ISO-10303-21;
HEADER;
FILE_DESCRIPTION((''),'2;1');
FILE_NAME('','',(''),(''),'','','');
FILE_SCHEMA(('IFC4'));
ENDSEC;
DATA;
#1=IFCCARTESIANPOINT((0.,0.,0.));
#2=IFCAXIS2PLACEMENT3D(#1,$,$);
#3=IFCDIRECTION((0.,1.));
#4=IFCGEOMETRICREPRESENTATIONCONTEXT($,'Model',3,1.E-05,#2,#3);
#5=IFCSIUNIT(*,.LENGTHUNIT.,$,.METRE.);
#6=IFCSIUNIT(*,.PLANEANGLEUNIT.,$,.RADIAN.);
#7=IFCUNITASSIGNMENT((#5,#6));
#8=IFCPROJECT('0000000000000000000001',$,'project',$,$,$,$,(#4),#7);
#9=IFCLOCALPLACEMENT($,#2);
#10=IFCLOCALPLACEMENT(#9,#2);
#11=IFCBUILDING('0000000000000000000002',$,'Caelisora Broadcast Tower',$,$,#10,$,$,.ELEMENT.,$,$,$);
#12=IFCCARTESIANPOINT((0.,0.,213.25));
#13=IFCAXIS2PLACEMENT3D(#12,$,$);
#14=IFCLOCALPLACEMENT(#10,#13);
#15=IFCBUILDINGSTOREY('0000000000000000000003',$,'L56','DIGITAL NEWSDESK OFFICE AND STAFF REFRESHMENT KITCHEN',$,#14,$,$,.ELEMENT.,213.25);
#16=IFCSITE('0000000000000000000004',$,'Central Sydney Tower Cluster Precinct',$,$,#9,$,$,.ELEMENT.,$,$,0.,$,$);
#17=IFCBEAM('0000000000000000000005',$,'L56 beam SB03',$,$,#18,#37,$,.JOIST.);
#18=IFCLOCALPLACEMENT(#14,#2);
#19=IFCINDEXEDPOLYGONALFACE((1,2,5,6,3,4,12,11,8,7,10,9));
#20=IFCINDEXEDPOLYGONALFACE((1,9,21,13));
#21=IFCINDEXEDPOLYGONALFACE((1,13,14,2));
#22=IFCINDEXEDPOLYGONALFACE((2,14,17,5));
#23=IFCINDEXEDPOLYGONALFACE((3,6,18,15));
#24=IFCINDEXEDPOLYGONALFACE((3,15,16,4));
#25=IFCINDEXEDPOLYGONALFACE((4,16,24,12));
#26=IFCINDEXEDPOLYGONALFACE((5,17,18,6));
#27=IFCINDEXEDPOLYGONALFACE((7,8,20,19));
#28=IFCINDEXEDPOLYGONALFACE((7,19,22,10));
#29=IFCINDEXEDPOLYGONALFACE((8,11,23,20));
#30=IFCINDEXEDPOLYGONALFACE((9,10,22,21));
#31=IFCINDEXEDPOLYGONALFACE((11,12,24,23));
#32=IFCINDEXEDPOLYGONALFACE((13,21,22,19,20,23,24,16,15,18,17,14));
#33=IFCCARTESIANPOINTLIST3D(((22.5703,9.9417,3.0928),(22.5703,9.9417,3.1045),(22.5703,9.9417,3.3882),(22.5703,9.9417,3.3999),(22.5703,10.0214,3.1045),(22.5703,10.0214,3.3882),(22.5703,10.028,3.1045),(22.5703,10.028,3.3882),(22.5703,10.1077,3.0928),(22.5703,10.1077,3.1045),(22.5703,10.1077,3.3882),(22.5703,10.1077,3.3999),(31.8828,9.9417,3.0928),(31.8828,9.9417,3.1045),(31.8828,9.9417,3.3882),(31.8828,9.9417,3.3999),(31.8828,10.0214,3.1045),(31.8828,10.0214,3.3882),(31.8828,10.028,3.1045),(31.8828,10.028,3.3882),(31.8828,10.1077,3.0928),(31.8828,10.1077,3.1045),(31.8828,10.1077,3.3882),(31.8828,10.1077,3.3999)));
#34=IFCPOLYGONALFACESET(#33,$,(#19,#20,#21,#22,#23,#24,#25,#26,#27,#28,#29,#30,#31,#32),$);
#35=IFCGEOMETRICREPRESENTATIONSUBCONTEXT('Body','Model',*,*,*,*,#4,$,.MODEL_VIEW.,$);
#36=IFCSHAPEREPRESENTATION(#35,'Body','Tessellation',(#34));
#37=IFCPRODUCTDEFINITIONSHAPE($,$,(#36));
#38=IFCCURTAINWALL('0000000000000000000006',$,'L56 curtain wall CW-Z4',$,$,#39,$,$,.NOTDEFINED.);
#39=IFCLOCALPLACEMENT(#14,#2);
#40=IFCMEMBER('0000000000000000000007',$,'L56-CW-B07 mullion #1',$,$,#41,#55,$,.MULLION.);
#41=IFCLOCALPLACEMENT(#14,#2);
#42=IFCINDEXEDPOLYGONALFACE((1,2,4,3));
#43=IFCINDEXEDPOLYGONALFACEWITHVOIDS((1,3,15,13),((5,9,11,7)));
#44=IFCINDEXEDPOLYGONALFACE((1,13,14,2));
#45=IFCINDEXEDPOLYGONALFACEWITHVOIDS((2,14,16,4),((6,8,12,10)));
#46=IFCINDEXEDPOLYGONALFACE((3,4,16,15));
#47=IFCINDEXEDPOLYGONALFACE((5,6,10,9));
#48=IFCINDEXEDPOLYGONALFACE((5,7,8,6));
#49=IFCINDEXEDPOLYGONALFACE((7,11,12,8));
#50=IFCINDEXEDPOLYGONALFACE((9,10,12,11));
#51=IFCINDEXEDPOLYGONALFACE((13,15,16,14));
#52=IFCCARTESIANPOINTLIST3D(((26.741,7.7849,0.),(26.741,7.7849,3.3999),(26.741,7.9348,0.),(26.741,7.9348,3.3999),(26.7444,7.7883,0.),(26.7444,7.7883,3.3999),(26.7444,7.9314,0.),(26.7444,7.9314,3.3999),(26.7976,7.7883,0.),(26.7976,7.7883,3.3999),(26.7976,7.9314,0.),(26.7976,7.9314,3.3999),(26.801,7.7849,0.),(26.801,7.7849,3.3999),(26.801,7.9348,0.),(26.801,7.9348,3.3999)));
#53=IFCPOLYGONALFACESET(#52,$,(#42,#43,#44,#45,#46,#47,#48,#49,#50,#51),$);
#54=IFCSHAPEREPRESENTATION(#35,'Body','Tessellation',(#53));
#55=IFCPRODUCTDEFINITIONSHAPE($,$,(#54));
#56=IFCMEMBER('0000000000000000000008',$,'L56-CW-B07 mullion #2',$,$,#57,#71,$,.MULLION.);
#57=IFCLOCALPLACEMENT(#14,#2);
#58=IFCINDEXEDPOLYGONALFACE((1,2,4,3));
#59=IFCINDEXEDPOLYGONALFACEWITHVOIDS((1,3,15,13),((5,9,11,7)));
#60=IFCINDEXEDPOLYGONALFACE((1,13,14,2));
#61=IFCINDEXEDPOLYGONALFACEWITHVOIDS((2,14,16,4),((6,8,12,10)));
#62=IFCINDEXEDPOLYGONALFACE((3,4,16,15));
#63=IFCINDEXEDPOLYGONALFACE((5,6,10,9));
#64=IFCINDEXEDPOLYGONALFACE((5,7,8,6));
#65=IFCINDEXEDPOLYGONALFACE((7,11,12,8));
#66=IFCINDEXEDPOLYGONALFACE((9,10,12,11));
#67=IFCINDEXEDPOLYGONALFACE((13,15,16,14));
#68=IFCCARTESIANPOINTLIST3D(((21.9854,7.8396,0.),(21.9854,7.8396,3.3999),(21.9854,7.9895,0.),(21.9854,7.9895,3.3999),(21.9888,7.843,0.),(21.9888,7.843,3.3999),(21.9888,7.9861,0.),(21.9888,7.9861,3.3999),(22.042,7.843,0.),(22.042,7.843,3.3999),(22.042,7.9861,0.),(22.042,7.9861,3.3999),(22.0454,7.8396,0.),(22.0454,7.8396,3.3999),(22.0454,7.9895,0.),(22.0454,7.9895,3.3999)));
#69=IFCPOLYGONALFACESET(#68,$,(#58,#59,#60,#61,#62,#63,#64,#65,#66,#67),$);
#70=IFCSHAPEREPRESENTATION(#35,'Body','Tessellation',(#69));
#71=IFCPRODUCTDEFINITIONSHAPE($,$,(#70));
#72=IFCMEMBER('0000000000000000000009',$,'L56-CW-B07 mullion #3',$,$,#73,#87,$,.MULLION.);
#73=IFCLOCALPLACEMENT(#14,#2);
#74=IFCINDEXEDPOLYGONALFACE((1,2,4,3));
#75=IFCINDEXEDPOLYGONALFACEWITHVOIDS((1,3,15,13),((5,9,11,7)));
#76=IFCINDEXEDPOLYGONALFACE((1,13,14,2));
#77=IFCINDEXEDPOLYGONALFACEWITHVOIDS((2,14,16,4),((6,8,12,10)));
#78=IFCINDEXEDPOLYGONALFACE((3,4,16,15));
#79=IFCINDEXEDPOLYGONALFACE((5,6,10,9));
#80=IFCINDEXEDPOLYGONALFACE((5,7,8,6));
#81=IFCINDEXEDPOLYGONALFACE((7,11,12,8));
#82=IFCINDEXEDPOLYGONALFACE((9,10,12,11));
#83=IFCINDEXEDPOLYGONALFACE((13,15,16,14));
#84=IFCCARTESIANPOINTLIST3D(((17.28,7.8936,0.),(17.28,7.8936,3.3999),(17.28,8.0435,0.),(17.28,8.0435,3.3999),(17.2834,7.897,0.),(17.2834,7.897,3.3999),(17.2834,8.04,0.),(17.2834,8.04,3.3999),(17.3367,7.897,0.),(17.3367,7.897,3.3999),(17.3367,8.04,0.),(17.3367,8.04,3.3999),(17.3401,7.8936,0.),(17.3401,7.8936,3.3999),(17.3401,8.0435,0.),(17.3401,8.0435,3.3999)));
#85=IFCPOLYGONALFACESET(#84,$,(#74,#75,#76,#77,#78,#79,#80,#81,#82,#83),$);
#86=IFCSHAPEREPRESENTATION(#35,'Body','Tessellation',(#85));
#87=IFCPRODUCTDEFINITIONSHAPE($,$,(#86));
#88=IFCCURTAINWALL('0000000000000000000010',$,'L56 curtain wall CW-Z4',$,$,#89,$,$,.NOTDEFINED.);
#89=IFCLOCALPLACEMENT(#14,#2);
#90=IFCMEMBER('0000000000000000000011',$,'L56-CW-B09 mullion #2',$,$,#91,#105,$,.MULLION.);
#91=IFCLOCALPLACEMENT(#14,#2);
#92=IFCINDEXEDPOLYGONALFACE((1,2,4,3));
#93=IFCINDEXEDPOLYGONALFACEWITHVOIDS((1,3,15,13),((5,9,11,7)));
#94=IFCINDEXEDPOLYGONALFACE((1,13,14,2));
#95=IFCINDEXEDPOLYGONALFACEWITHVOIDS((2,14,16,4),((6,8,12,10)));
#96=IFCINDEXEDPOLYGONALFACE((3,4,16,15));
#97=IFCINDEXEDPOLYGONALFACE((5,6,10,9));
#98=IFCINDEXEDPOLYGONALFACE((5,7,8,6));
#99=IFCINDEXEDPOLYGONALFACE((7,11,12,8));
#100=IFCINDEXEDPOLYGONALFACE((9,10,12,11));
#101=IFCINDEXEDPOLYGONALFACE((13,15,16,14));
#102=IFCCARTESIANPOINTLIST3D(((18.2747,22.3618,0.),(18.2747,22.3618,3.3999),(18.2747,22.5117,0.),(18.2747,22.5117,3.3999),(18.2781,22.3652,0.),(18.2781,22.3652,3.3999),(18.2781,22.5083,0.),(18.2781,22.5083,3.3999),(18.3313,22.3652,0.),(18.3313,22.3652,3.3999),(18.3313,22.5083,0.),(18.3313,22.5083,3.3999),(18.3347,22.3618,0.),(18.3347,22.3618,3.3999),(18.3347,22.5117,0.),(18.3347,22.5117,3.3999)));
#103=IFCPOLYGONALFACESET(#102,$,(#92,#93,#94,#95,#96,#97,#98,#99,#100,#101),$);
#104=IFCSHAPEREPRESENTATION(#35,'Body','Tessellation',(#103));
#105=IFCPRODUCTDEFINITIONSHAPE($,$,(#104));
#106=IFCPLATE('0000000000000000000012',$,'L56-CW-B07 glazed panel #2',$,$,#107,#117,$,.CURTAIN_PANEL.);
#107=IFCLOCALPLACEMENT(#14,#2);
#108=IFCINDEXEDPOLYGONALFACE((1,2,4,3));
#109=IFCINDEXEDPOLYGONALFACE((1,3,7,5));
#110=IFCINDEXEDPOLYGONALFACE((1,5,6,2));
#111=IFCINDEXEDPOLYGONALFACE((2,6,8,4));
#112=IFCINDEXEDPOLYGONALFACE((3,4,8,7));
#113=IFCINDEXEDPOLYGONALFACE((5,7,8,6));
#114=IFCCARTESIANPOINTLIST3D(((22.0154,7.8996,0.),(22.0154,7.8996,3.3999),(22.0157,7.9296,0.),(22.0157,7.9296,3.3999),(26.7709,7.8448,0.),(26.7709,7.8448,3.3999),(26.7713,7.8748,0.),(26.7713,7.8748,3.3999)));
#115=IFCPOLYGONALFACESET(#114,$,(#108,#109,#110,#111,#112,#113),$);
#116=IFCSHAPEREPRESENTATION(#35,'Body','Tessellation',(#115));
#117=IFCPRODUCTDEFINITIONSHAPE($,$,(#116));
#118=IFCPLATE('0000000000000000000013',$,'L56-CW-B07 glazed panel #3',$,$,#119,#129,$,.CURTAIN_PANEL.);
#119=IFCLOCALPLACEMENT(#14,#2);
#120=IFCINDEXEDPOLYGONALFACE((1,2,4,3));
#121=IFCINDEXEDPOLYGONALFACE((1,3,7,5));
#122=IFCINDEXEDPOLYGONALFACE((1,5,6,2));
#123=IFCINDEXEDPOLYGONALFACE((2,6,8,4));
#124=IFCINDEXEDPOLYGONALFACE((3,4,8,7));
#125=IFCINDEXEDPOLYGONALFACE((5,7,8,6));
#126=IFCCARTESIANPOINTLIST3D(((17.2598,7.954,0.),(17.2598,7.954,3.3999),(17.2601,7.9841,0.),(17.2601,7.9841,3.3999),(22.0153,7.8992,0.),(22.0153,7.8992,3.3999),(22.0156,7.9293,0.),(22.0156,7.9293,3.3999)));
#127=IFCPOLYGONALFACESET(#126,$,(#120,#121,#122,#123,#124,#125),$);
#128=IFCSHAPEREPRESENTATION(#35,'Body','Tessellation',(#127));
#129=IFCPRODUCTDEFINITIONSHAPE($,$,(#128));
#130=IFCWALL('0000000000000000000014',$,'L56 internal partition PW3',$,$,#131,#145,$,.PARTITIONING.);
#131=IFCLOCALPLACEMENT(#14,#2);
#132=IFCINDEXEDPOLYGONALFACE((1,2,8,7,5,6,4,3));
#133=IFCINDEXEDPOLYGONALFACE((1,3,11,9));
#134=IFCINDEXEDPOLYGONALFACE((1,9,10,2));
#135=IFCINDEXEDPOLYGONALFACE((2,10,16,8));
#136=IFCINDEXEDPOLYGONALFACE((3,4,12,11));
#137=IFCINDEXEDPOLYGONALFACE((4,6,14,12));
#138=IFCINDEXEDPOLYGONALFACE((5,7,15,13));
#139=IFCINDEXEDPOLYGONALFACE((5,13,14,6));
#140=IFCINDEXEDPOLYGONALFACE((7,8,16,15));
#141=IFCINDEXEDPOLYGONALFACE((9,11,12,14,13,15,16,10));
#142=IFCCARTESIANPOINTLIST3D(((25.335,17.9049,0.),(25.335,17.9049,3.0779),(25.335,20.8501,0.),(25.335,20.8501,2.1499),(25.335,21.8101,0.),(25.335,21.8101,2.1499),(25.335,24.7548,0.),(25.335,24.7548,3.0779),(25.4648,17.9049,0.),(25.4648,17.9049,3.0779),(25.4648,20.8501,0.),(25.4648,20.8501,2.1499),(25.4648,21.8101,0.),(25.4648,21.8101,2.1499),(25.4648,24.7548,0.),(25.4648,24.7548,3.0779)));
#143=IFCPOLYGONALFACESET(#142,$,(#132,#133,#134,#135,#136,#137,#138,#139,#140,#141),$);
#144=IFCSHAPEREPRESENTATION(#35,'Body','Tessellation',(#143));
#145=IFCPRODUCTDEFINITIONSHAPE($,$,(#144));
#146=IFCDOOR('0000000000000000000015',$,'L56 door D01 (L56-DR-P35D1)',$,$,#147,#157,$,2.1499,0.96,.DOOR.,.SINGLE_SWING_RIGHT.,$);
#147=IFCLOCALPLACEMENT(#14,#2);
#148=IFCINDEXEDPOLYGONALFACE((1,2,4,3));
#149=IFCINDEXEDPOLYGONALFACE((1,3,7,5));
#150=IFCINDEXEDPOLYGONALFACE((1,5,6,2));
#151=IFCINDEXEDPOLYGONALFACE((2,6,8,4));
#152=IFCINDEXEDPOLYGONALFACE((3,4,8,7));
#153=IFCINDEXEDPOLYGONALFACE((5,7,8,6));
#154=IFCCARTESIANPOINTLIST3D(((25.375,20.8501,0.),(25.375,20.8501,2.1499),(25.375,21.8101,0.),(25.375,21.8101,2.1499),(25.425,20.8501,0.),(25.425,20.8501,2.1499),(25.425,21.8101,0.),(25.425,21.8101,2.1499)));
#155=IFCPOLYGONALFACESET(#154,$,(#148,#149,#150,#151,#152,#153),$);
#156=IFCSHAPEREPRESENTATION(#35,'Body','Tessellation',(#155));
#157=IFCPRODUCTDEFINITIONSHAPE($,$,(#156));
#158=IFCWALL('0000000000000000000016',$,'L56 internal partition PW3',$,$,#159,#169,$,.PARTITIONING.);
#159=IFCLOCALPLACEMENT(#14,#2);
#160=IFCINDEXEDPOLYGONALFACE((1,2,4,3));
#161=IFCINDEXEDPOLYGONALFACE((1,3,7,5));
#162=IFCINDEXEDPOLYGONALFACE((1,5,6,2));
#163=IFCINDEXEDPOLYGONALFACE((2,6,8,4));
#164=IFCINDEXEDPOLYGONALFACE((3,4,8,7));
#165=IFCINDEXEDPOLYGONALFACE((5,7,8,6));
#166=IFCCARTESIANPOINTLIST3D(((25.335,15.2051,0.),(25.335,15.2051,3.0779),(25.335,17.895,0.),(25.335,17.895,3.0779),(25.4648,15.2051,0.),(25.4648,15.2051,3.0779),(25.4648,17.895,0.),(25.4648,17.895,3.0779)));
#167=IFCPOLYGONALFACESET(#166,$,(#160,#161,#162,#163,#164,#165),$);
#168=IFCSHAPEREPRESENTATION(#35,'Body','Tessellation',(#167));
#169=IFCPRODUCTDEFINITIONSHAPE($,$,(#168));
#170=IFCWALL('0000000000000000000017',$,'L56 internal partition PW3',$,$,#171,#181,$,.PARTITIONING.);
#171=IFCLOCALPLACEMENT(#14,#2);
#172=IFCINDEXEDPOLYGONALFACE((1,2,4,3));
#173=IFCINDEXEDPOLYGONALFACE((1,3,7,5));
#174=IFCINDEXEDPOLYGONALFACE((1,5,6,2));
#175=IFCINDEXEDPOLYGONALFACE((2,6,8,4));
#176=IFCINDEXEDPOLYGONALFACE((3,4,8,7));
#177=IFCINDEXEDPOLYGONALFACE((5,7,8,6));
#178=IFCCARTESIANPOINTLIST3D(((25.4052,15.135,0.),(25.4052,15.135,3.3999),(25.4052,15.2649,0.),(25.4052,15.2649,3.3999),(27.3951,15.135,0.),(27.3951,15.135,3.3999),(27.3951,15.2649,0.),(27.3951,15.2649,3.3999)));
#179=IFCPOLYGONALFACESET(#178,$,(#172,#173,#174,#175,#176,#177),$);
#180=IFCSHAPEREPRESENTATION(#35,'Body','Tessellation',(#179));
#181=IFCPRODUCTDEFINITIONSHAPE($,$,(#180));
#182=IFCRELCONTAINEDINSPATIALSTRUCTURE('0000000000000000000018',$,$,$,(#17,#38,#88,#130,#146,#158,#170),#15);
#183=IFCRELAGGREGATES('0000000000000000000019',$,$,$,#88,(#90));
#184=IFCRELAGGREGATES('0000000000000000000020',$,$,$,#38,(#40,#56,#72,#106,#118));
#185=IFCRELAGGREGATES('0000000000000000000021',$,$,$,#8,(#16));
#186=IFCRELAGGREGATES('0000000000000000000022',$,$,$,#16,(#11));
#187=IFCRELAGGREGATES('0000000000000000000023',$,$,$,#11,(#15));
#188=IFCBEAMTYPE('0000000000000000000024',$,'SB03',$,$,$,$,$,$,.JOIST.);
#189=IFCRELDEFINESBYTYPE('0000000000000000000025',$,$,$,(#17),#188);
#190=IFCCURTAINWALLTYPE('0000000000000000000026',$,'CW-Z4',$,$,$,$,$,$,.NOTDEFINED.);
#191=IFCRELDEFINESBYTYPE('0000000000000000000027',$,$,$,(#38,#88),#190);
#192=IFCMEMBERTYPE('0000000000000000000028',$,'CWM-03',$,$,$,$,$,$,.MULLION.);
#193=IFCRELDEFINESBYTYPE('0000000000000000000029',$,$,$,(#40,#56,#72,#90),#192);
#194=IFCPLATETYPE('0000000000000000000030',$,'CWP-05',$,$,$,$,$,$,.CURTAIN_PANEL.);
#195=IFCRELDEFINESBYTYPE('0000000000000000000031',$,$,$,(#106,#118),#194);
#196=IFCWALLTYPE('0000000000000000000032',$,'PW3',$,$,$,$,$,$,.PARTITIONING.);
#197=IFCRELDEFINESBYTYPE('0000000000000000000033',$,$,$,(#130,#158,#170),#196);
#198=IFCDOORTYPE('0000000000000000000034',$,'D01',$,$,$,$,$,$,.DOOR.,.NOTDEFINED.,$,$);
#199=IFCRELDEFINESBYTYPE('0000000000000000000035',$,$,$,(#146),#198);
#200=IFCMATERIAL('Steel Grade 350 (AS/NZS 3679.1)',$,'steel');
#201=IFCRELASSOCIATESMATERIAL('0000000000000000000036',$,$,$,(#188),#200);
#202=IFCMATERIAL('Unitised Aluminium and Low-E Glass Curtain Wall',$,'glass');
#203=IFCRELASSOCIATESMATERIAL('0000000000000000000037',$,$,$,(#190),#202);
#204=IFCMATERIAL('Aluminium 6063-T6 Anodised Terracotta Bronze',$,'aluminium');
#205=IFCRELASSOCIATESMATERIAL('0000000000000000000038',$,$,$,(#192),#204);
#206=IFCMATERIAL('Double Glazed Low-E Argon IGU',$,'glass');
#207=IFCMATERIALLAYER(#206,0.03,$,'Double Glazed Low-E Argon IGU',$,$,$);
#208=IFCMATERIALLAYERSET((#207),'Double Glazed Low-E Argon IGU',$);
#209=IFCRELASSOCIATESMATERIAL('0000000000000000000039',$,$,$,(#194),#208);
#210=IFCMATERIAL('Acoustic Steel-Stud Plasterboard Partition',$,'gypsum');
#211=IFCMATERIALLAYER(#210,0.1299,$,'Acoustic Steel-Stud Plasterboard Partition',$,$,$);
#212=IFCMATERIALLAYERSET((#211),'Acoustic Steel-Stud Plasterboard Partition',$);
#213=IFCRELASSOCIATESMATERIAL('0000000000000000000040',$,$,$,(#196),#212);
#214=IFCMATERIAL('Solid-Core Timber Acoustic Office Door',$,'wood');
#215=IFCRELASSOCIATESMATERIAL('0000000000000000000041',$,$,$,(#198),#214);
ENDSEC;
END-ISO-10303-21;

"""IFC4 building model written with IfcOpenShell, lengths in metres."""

from ifc_helpers import new_model, si_unit, direction, frame, frame_2d, origin, origin_2d, place, context, subcontext, project, spatial, rectangle, hollow_rectangle, i_section, extrude, source, transform, mapped, material, layer, layer_set, material_profile, profile_set, type_object, type_shapes, element, fill, aggregate, save


model = new_model("IFC4")

# Units and contexts
model_context = context("Model", 3, precision=1e-05, world=origin(), true_north=direction((0.0, 1.0)))
body_context = subcontext(model_context, "Body", "Model", "MODEL_VIEW")
ifc_project = project(units=[si_unit("LENGTHUNIT", "METRE"), si_unit("PLANEANGLEUNIT", "RADIAN")], contexts=[model_context])

# Site, building, storey
site_placement = place(None, origin())
site = spatial("IfcSite", under=ifc_project, at=site_placement, Name="Central Sydney Tower Cluster Precinct", CompositionType="ELEMENT", RefElevation=0.0)
building_placement = place(site_placement, origin())
building = spatial("IfcBuilding", under=site, at=building_placement, Name="Caelisora Broadcast Tower", CompositionType="ELEMENT")
storey_placement = place(building_placement, frame((0.0, 0.0, 213.25)))
storey = spatial("IfcBuildingStorey", under=building, at=storey_placement, Name="L56", Description="DIGITAL NEWSDESK OFFICE AND STAFF REFRESHMENT KITCHEN", CompositionType="ELEMENT", Elevation=213.25)

# Beam
ifc_material_1 = material(Name="Steel Grade 350 (AS/NZS 3679.1)", Category="steel")
ifc_material_profile_1 = material_profile(ifc_material_1, i_section(OverallWidth=0.166, OverallDepth=0.3071, WebThickness=0.0066, FlangeThickness=0.0117, at=origin_2d()), Name="Steel Grade 350 (AS/NZS 3679.1)")
ifc_profile_set_1 = profile_set([ifc_material_profile_1], Name="Steel Grade 350 (AS/NZS 3679.1)")
beam_type_1 = type_object("IfcBeamType", Name="SB03", PredefinedType="JOIST", material=ifc_profile_set_1)
shared_shape_1 = source(origin(), body_context, "Body", "SweptSolid", [
    extrude(i_section(OverallWidth=0.166, OverallDepth=0.3071, WebThickness=0.0066, FlangeThickness=0.0117, at=origin_2d()), origin(), (0.0, 0.0, 1.0), 9.3125),
])
beam_1_placement = place(storey_placement, frame((22.5703, 10.0247, 3.2463), z_axis=(1.0, 0.0, 0.0), x_axis=(0.0, 1.0, 0.0)))
element("IfcBeam", 1, at=beam_1_placement, inside=storey, type_object=beam_type_1, Name="L56 beam SB03", PredefinedType="JOIST", context=body_context, shape_type="MappedRepresentation", body=[
    mapped(shared_shape_1, transform((0.0, 0.0, 0.0), scale=1.0)),
])

# Curtain wall, members
ifc_material_2 = material(Name="Unitised Aluminium and Low-E Glass Curtain Wall", Category="glass")
curtain_wall_type = type_object("IfcCurtainWallType", Name="CW-Z4", PredefinedType="NOTDEFINED", material=ifc_material_2)
curtain_wall_1_placement = place(storey_placement, origin())
curtain_wall_1 = element("IfcCurtainWall", 2, at=curtain_wall_1_placement, inside=storey, type_object=curtain_wall_type, Name="L56 curtain wall CW-Z4", PredefinedType="NOTDEFINED")
ifc_material_3 = material(Name="Aluminium 6063-T6 Anodised Terracotta Bronze", Category="aluminium")
ifc_material_profile_2 = material_profile(ifc_material_3, hollow_rectangle(XDim=0.0601, YDim=0.1499, WallThickness=0.0034, at=origin_2d()), Name="Aluminium 6063-T6 Anodised Terracotta Bronze")
ifc_profile_set_2 = profile_set([ifc_material_profile_2], Name="Aluminium 6063-T6 Anodised Terracotta Bronze")
member_type = type_object("IfcMemberType", Name="CWM-03", PredefinedType="MULLION", material=ifc_profile_set_2)
shared_shape_2 = source(origin(), body_context, "Body", "SweptSolid", [
    extrude(hollow_rectangle(XDim=0.0601, YDim=0.1499, WallThickness=0.0034, at=origin_2d()), origin(), (0.0, 0.0, 1.0), 3.3999),
])
type_shapes(member_type, [shared_shape_2])
member_1_placement = place(storey_placement, frame((26.771, 7.8599, 0.0), z_axis=(0.0, 0.0, 1.0), x_axis=(1.0, 0.0, 0.0)))
member_1 = element("IfcMember", 3, at=member_1_placement, type_object=member_type, Name="L56-CW-B07 mullion #1", PredefinedType="MULLION", context=body_context, shape_type="MappedRepresentation", body=[
    mapped(shared_shape_2, transform((0.0, 0.0, 0.0), scale=1.0)),
])
member_2_placement = place(storey_placement, frame((22.0154, 7.9146, 0.0), z_axis=(0.0, 0.0, 1.0), x_axis=(1.0, 0.0, 0.0)))
member_2 = element("IfcMember", 4, at=member_2_placement, type_object=member_type, Name="L56-CW-B07 mullion #2", PredefinedType="MULLION", context=body_context, shape_type="MappedRepresentation", body=[
    mapped(shared_shape_2, transform((0.0, 0.0, 0.0), scale=1.0)),
])
member_3_placement = place(storey_placement, frame((17.3101, 7.9685, 0.0), z_axis=(0.0, 0.0, 1.0), x_axis=(1.0, 0.0, 0.0)))
member_3 = element("IfcMember", 5, at=member_3_placement, type_object=member_type, Name="L56-CW-B07 mullion #3", PredefinedType="MULLION", context=body_context, shape_type="MappedRepresentation", body=[
    mapped(shared_shape_2, transform((0.0, 0.0, 0.0), scale=1.0)),
])

# Curtain wall, member
curtain_wall_2_placement = place(storey_placement, origin())
curtain_wall_2 = element("IfcCurtainWall", 6, at=curtain_wall_2_placement, inside=storey, type_object=curtain_wall_type, Name="L56 curtain wall CW-Z4", PredefinedType="NOTDEFINED")
member_4_placement = place(storey_placement, frame((18.3047, 22.4368, 0.0), z_axis=(0.0, 0.0, 1.0), x_axis=(1.0, 0.0, 0.0)))
member_4 = element("IfcMember", 7, at=member_4_placement, type_object=member_type, Name="L56-CW-B09 mullion #2", PredefinedType="MULLION", context=body_context, shape_type="MappedRepresentation", body=[
    mapped(shared_shape_2, transform((0.0, 0.0, 0.0), scale=1.0)),
])
aggregate(curtain_wall_2, [member_4])

# Plates
ifc_material_4 = material(Name="Double Glazed Low-E Argon IGU", Category="glass")
ifc_layer_1 = layer(ifc_material_4, 0.03, Name="Double Glazed Low-E Argon IGU")
ifc_layer_set_1 = layer_set([ifc_layer_1], Name="Double Glazed Low-E Argon IGU")
plate_type = type_object("IfcPlateType", Name="CWP-05", PredefinedType="CURTAIN_PANEL", material=ifc_layer_set_1)
shared_shape_3 = source(origin(), body_context, "Body", "SweptSolid", [
    extrude(rectangle(XDim=4.7559, YDim=0.03, at=origin_2d()), origin(), (0.0, 0.0, 1.0), 3.3999),
])
type_shapes(plate_type, [shared_shape_3])
plate_1_placement = place(storey_placement, frame((24.3933, 7.8872, 0.0), z_axis=(0.0, 0.0, 1.0), x_axis=(-0.999934, 0.011519, 0.0)))
plate_1 = element("IfcPlate", 8, at=plate_1_placement, type_object=plate_type, Name="L56-CW-B07 glazed panel #2", PredefinedType="CURTAIN_PANEL", context=body_context, shape_type="MappedRepresentation", body=[
    mapped(shared_shape_3, transform((0.0, 0.0, 0.0), scale=1.0)),
])
plate_2_placement = place(storey_placement, frame((19.6377, 7.9417, 0.0), z_axis=(0.0, 0.0, 1.0), x_axis=(-0.999934, 0.011519, 0.0)))
plate_2 = element("IfcPlate", 9, at=plate_2_placement, type_object=plate_type, Name="L56-CW-B07 glazed panel #3", PredefinedType="CURTAIN_PANEL", context=body_context, shape_type="MappedRepresentation", body=[
    mapped(shared_shape_3, transform((0.0, 0.0, 0.0), scale=1.0)),
])
aggregate(curtain_wall_1, [member_1, member_2, member_3, plate_1, plate_2])

# Wall, opening, door
ifc_material_5 = material(Name="Acoustic Steel-Stud Plasterboard Partition", Category="gypsum")
ifc_layer_2 = layer(ifc_material_5, 0.1299, Name="Acoustic Steel-Stud Plasterboard Partition")
ifc_layer_set_2 = layer_set([ifc_layer_2], Name="Acoustic Steel-Stud Plasterboard Partition")
wall_type = type_object("IfcWallType", Name="PW3", PredefinedType="PARTITIONING", material=ifc_layer_set_2)
wall_1_placement = place(storey_placement, frame((25.3999, 17.905, 0.0), z_axis=(0.0, 0.0, 1.0), x_axis=(0.0, 1.0, 0.0)))
wall_1 = element("IfcWall", 10, at=wall_1_placement, inside=storey, type_object=wall_type, Name="L56 internal partition PW3", PredefinedType="PARTITIONING", context=body_context, shape_type="SweptSolid", body=[
    extrude(rectangle(XDim=6.8499, YDim=0.1299, at=frame_2d((3.4248, 0.0))), origin(), (0.0, 0.0, 1.0), 3.0779),
])
opening_placement = place(wall_1_placement, frame((2.9451, 0.0, 0.0)))
opening = element("IfcOpeningElement", 11, at=opening_placement, cuts=wall_1, PredefinedType="OPENING", context=body_context, shape_type="SweptSolid", body=[
    extrude(rectangle(XDim=0.96, YDim=2.1499, at=frame_2d((0.48, 1.075))), frame((0.0, 0.0769, 0.0), z_axis=(0.0, -1.0, 0.0), x_axis=(1.0, 0.0, 0.0)), (0.0, 0.0, 1.0), 0.1538),
])
ifc_material_6 = material(Name="Solid-Core Timber Acoustic Office Door", Category="wood")
door_type = type_object("IfcDoorType", Name="D01", OperationType="NOTDEFINED", PredefinedType="DOOR", material=ifc_material_6)
door_placement = place(opening_placement, origin())
door = element("IfcDoor", 12, at=door_placement, inside=storey, type_object=door_type, Name="L56 door D01 (L56-DR-P35D1)", OperationType="SINGLE_SWING_RIGHT", OverallHeight=2.1499, OverallWidth=0.96, PredefinedType="DOOR", context=body_context, shape_type="SweptSolid", body=[
    extrude(rectangle(XDim=0.96, YDim=2.1499, at=frame_2d((0.48, 1.075))), frame((0.0, 0.0249, 0.0), z_axis=(0.0, -1.0, 0.0), x_axis=(1.0, 0.0, 0.0)), (0.0, 0.0, 1.0), 0.05),
])
fill(opening, door)

# Walls
wall_2_placement = place(storey_placement, frame((25.3999, 17.895, 0.0), z_axis=(0.0, 0.0, 1.0), x_axis=(0.0, -1.0, 0.0)))
element("IfcWall", 13, at=wall_2_placement, inside=storey, type_object=wall_type, Name="L56 internal partition PW3", PredefinedType="PARTITIONING", context=body_context, shape_type="SweptSolid", body=[
    extrude(rectangle(XDim=2.6899, YDim=0.1299, at=frame_2d((1.345, 0.0))), origin(), (0.0, 0.0, 1.0), 3.0779),
])
wall_3_placement = place(storey_placement, frame((25.405, 15.2, 0.0), z_axis=(0.0, 0.0, 1.0), x_axis=(1.0, 0.0, 0.0)))
element("IfcWall", 14, at=wall_3_placement, inside=storey, type_object=wall_type, Name="L56 internal partition PW3", PredefinedType="PARTITIONING", context=body_context, shape_type="SweptSolid", body=[
    extrude(rectangle(XDim=1.99, YDim=0.1299, at=frame_2d((0.9951, 0.0))), origin(), (0.0, 0.0, 1.0), 3.3999),
])

save(model, "model.ifc")
